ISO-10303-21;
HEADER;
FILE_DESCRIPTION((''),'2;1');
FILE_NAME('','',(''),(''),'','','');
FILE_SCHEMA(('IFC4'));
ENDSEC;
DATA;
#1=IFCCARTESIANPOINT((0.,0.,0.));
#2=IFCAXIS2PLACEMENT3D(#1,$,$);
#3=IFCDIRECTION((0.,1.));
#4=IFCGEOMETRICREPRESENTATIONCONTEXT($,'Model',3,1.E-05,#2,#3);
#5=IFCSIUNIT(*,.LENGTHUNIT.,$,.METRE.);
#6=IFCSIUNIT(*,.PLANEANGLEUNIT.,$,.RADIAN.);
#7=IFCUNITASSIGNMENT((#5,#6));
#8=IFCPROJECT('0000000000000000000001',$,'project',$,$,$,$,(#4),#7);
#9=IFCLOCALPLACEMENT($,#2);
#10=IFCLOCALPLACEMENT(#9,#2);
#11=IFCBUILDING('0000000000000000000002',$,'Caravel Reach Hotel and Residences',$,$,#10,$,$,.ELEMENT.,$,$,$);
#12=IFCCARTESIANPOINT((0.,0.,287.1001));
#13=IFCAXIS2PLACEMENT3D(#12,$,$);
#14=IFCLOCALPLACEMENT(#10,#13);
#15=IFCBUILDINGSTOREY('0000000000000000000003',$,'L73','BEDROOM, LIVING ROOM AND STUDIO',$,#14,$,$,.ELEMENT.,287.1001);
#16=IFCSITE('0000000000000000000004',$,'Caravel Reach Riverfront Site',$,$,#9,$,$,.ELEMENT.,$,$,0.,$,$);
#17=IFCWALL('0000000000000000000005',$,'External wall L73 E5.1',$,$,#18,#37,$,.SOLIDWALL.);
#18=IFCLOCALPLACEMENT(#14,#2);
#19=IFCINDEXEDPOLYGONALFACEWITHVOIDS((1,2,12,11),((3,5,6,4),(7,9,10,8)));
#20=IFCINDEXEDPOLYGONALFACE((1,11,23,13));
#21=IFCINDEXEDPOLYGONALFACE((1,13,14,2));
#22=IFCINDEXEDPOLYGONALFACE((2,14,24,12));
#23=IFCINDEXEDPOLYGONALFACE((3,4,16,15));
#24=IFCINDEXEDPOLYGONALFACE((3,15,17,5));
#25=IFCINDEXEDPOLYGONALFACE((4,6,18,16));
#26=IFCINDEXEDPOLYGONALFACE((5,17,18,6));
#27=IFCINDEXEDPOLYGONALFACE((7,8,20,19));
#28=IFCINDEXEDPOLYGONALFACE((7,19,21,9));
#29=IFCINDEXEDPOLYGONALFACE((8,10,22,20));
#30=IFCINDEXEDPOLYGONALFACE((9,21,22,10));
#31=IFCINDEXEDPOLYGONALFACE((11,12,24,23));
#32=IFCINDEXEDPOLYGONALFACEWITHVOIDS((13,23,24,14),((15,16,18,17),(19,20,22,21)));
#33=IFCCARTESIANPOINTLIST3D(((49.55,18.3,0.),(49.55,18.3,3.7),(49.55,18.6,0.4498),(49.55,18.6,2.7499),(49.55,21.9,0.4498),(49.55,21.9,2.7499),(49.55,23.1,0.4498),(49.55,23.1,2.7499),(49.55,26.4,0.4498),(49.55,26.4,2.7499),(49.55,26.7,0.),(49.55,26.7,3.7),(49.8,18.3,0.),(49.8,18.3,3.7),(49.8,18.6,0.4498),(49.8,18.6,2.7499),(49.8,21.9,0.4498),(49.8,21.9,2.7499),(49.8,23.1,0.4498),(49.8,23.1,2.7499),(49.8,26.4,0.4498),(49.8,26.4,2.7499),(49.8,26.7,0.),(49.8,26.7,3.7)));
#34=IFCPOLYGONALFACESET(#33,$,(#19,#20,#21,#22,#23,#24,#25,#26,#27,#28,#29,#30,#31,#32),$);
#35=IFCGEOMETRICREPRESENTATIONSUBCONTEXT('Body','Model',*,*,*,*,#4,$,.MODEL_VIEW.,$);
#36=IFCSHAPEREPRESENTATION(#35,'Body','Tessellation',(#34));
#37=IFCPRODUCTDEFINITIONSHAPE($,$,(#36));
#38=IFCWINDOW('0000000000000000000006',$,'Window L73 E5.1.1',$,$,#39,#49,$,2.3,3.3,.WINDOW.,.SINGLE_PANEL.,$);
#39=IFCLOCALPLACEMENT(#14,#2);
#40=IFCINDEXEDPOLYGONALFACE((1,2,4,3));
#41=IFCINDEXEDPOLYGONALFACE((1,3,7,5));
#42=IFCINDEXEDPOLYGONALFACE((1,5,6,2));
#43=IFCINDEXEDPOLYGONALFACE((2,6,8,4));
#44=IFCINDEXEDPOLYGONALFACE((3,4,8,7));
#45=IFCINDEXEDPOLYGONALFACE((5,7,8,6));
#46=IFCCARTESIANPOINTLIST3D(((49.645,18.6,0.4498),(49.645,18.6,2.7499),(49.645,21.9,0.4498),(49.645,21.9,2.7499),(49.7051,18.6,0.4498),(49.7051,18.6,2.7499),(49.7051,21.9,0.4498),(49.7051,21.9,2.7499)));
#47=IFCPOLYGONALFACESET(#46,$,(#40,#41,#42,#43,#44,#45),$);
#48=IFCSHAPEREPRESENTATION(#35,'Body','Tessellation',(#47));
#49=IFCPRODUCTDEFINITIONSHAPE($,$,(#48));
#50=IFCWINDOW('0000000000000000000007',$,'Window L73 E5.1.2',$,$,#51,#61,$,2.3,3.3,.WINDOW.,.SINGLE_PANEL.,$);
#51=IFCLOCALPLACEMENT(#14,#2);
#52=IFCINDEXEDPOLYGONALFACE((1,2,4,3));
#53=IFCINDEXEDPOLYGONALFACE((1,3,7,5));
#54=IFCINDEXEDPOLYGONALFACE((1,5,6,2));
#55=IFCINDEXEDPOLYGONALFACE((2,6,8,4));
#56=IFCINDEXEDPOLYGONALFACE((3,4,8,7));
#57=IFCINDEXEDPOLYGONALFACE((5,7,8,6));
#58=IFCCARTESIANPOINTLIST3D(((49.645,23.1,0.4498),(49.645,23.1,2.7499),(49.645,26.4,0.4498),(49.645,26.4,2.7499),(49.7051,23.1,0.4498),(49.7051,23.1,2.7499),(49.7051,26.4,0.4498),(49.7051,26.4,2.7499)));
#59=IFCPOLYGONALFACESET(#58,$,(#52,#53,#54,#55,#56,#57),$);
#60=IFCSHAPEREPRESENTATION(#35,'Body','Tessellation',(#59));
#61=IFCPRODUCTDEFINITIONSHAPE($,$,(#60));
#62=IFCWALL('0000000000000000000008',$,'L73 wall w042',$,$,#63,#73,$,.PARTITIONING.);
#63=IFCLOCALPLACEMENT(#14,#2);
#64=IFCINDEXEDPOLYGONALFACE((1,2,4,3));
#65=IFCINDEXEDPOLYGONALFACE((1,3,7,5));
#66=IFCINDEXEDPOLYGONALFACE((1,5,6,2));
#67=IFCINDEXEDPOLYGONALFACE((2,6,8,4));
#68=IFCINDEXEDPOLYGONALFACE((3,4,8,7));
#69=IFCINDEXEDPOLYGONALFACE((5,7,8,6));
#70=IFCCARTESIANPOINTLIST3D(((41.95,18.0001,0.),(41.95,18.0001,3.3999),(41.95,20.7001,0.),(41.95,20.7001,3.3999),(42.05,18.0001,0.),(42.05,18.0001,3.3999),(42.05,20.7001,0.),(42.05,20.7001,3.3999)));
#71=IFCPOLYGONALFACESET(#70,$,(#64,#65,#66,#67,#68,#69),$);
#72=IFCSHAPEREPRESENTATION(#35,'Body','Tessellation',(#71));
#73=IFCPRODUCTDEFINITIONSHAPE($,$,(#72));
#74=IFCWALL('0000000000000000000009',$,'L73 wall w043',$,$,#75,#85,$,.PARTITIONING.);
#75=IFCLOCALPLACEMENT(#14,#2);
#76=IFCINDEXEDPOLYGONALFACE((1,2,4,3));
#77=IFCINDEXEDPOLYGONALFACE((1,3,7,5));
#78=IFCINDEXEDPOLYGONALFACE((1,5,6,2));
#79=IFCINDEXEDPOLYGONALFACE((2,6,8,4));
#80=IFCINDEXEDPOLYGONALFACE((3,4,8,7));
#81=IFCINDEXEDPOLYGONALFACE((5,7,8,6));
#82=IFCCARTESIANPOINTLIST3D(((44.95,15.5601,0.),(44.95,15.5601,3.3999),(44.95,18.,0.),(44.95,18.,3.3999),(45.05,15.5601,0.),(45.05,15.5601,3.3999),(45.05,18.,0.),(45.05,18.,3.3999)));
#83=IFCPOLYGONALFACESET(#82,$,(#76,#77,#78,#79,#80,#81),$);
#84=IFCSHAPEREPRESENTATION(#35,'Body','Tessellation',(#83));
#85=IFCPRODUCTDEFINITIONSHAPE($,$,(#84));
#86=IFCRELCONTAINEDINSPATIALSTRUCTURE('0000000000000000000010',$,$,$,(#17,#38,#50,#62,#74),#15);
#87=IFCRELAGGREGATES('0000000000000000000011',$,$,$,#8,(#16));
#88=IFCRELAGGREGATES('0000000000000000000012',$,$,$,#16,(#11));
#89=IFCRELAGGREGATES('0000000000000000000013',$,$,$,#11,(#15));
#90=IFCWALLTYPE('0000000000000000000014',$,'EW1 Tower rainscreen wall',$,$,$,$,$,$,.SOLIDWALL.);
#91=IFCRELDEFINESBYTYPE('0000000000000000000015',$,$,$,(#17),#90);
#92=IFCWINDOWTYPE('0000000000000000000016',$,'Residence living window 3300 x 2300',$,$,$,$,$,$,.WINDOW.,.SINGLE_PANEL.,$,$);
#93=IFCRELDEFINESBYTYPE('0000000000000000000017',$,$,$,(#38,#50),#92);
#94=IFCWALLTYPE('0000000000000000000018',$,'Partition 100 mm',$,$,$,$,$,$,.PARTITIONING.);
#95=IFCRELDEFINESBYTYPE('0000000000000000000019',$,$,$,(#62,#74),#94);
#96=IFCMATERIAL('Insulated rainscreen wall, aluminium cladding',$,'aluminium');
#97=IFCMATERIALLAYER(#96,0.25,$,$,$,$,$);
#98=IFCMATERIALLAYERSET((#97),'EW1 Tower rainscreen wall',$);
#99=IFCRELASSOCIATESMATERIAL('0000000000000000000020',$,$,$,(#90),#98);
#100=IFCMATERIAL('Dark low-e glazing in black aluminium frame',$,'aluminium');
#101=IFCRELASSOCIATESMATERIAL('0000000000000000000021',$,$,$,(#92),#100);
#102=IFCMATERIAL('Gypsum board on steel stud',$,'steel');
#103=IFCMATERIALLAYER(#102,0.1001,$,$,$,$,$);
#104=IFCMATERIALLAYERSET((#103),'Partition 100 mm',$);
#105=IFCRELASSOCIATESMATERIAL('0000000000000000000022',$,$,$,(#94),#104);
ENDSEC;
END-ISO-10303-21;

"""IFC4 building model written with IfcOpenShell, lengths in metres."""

from ifc_helpers import new_model, si_unit, direction, frame, frame_2d, origin, place, context, subcontext, project, spatial, rectangle, extrude, material, layer, layer_set, type_object, element, fill, save


model = new_model("IFC4")

# Units and contexts
model_context = context("Model", 3, precision=1e-05, world=origin(), true_north=direction((0.0, 1.0)))
body_context = subcontext(model_context, "Body", "Model", "MODEL_VIEW")
ifc_project = project(units=[si_unit("LENGTHUNIT", "METRE"), si_unit("PLANEANGLEUNIT", "RADIAN")], contexts=[model_context])

# Site, building, storey
site_placement = place(None, origin())
site = spatial("IfcSite", under=ifc_project, at=site_placement, Name="Caravel Reach Riverfront Site", CompositionType="ELEMENT", RefElevation=0.0)
building_placement = place(site_placement, origin())
building = spatial("IfcBuilding", under=site, at=building_placement, Name="Caravel Reach Hotel and Residences", CompositionType="ELEMENT")
storey_placement = place(building_placement, frame((0.0, 0.0, 287.1001)))
storey = spatial("IfcBuildingStorey", under=building, at=storey_placement, Name="L73", Description="BEDROOM, LIVING ROOM AND STUDIO", CompositionType="ELEMENT", Elevation=287.1001)

# Shared definitions
ifc_material_1 = material(Name="Insulated rainscreen wall, aluminium cladding", Category="aluminium")
ifc_layer_1 = layer(ifc_material_1, 0.25)
ifc_layer_set_1 = layer_set([ifc_layer_1], Name="EW1 Tower rainscreen wall")
wall_type_1 = type_object("IfcWallType", Name="EW1 Tower rainscreen wall", PredefinedType="SOLIDWALL", material=ifc_layer_set_1)

# Wall, openings, windows
wall_1_placement = place(storey_placement, frame((49.675, 18.3, 0.0), z_axis=(0.0, 0.0, 1.0), x_axis=(0.0, 1.0, 0.0)))
wall_1 = element("IfcWall", 1, at=wall_1_placement, inside=storey, type_object=wall_type_1, Name="External wall L73 E5.1", PredefinedType="SOLIDWALL", context=body_context, shape_type="SweptSolid", body=[
    extrude(rectangle(XDim=8.3999, YDim=0.25, at=frame_2d((4.2, 0.0))), origin(), (0.0, 0.0, 1.0), 3.7),
])
opening_1_placement = place(wall_1_placement, frame((0.3, 0.0, 0.45)))
opening_1 = element("IfcOpeningElement", 2, at=opening_1_placement, cuts=wall_1, PredefinedType="OPENING", context=body_context, shape_type="SweptSolid", body=[
    extrude(rectangle(XDim=3.3, YDim=2.3, at=frame_2d((1.6499, 1.1499))), frame((0.0, 0.135, 0.0), z_axis=(0.0, -1.0, 0.0), x_axis=(1.0, 0.0, 0.0)), (0.0, 0.0, 1.0), 0.27),
])
opening_2_placement = place(wall_1_placement, frame((4.8, 0.0, 0.45)))
opening_2 = element("IfcOpeningElement", 3, at=opening_2_placement, cuts=wall_1, PredefinedType="OPENING", context=body_context, shape_type="SweptSolid", body=[
    extrude(rectangle(XDim=3.3, YDim=2.3, at=frame_2d((1.6499, 1.1499))), frame((0.0, 0.135, 0.0), z_axis=(0.0, -1.0, 0.0), x_axis=(1.0, 0.0, 0.0)), (0.0, 0.0, 1.0), 0.27),
])
ifc_material_2 = material(Name="Dark low-e glazing in black aluminium frame", Category="aluminium")
window_type_1 = type_object("IfcWindowType", Name="Residence living window 3300 x 2300", PartitioningType="SINGLE_PANEL", PredefinedType="WINDOW", material=ifc_material_2)
window_1_placement = place(opening_1_placement, origin())
window_1 = element("IfcWindow", 4, at=window_1_placement, inside=storey, type_object=window_type_1, Name="Window L73 E5.1.1", OverallHeight=2.3, OverallWidth=3.3, PartitioningType="SINGLE_PANEL", PredefinedType="WINDOW", context=body_context, shape_type="SweptSolid", body=[
    extrude(rectangle(XDim=3.3, YDim=2.3, at=frame_2d((1.6499, 1.1499))), frame((0.0, 0.03, 0.0), z_axis=(0.0, -1.0, 0.0), x_axis=(1.0, 0.0, 0.0)), (0.0, 0.0, 1.0), 0.0601),
])
fill(opening_1, window_1)
window_2_placement = place(opening_2_placement, origin())
window_2 = element("IfcWindow", 5, at=window_2_placement, inside=storey, type_object=window_type_1, Name="Window L73 E5.1.2", OverallHeight=2.3, OverallWidth=3.3, PartitioningType="SINGLE_PANEL", PredefinedType="WINDOW", context=body_context, shape_type="SweptSolid", body=[
    extrude(rectangle(XDim=3.3, YDim=2.3, at=frame_2d((1.6499, 1.1499))), frame((0.0, 0.03, 0.0), z_axis=(0.0, -1.0, 0.0), x_axis=(1.0, 0.0, 0.0)), (0.0, 0.0, 1.0), 0.0601),
])
fill(opening_2, window_2)

# Walls
ifc_material_3 = material(Name="Gypsum board on steel stud", Category="steel")
ifc_layer_2 = layer(ifc_material_3, 0.1001)
ifc_layer_set_2 = layer_set([ifc_layer_2], Name="Partition 100 mm")
wall_type_2 = type_object("IfcWallType", Name="Partition 100 mm", PredefinedType="PARTITIONING", material=ifc_layer_set_2)
wall_2_placement = place(storey_placement, frame((42.0, 18.0, 0.0), z_axis=(0.0, 0.0, 1.0), x_axis=(0.0, 1.0, 0.0)))
element("IfcWall", 6, at=wall_2_placement, inside=storey, type_object=wall_type_2, Name="L73 wall w042", PredefinedType="PARTITIONING", context=body_context, shape_type="SweptSolid", body=[
    extrude(rectangle(XDim=2.7, YDim=0.1001, at=frame_2d((1.3501, 0.0))), origin(), (0.0, 0.0, 1.0), 3.3999),
])
wall_3_placement = place(storey_placement, frame((45.0, 15.5601, 0.0), z_axis=(0.0, 0.0, 1.0), x_axis=(0.0, 1.0, 0.0)))
element("IfcWall", 7, at=wall_3_placement, inside=storey, type_object=wall_type_2, Name="L73 wall w043", PredefinedType="PARTITIONING", context=body_context, shape_type="SweptSolid", body=[
    extrude(rectangle(XDim=2.4399, YDim=0.1001, at=frame_2d((1.22, 0.0))), origin(), (0.0, 0.0, 1.0), 3.3999),
])

save(model, "model.ifc")
